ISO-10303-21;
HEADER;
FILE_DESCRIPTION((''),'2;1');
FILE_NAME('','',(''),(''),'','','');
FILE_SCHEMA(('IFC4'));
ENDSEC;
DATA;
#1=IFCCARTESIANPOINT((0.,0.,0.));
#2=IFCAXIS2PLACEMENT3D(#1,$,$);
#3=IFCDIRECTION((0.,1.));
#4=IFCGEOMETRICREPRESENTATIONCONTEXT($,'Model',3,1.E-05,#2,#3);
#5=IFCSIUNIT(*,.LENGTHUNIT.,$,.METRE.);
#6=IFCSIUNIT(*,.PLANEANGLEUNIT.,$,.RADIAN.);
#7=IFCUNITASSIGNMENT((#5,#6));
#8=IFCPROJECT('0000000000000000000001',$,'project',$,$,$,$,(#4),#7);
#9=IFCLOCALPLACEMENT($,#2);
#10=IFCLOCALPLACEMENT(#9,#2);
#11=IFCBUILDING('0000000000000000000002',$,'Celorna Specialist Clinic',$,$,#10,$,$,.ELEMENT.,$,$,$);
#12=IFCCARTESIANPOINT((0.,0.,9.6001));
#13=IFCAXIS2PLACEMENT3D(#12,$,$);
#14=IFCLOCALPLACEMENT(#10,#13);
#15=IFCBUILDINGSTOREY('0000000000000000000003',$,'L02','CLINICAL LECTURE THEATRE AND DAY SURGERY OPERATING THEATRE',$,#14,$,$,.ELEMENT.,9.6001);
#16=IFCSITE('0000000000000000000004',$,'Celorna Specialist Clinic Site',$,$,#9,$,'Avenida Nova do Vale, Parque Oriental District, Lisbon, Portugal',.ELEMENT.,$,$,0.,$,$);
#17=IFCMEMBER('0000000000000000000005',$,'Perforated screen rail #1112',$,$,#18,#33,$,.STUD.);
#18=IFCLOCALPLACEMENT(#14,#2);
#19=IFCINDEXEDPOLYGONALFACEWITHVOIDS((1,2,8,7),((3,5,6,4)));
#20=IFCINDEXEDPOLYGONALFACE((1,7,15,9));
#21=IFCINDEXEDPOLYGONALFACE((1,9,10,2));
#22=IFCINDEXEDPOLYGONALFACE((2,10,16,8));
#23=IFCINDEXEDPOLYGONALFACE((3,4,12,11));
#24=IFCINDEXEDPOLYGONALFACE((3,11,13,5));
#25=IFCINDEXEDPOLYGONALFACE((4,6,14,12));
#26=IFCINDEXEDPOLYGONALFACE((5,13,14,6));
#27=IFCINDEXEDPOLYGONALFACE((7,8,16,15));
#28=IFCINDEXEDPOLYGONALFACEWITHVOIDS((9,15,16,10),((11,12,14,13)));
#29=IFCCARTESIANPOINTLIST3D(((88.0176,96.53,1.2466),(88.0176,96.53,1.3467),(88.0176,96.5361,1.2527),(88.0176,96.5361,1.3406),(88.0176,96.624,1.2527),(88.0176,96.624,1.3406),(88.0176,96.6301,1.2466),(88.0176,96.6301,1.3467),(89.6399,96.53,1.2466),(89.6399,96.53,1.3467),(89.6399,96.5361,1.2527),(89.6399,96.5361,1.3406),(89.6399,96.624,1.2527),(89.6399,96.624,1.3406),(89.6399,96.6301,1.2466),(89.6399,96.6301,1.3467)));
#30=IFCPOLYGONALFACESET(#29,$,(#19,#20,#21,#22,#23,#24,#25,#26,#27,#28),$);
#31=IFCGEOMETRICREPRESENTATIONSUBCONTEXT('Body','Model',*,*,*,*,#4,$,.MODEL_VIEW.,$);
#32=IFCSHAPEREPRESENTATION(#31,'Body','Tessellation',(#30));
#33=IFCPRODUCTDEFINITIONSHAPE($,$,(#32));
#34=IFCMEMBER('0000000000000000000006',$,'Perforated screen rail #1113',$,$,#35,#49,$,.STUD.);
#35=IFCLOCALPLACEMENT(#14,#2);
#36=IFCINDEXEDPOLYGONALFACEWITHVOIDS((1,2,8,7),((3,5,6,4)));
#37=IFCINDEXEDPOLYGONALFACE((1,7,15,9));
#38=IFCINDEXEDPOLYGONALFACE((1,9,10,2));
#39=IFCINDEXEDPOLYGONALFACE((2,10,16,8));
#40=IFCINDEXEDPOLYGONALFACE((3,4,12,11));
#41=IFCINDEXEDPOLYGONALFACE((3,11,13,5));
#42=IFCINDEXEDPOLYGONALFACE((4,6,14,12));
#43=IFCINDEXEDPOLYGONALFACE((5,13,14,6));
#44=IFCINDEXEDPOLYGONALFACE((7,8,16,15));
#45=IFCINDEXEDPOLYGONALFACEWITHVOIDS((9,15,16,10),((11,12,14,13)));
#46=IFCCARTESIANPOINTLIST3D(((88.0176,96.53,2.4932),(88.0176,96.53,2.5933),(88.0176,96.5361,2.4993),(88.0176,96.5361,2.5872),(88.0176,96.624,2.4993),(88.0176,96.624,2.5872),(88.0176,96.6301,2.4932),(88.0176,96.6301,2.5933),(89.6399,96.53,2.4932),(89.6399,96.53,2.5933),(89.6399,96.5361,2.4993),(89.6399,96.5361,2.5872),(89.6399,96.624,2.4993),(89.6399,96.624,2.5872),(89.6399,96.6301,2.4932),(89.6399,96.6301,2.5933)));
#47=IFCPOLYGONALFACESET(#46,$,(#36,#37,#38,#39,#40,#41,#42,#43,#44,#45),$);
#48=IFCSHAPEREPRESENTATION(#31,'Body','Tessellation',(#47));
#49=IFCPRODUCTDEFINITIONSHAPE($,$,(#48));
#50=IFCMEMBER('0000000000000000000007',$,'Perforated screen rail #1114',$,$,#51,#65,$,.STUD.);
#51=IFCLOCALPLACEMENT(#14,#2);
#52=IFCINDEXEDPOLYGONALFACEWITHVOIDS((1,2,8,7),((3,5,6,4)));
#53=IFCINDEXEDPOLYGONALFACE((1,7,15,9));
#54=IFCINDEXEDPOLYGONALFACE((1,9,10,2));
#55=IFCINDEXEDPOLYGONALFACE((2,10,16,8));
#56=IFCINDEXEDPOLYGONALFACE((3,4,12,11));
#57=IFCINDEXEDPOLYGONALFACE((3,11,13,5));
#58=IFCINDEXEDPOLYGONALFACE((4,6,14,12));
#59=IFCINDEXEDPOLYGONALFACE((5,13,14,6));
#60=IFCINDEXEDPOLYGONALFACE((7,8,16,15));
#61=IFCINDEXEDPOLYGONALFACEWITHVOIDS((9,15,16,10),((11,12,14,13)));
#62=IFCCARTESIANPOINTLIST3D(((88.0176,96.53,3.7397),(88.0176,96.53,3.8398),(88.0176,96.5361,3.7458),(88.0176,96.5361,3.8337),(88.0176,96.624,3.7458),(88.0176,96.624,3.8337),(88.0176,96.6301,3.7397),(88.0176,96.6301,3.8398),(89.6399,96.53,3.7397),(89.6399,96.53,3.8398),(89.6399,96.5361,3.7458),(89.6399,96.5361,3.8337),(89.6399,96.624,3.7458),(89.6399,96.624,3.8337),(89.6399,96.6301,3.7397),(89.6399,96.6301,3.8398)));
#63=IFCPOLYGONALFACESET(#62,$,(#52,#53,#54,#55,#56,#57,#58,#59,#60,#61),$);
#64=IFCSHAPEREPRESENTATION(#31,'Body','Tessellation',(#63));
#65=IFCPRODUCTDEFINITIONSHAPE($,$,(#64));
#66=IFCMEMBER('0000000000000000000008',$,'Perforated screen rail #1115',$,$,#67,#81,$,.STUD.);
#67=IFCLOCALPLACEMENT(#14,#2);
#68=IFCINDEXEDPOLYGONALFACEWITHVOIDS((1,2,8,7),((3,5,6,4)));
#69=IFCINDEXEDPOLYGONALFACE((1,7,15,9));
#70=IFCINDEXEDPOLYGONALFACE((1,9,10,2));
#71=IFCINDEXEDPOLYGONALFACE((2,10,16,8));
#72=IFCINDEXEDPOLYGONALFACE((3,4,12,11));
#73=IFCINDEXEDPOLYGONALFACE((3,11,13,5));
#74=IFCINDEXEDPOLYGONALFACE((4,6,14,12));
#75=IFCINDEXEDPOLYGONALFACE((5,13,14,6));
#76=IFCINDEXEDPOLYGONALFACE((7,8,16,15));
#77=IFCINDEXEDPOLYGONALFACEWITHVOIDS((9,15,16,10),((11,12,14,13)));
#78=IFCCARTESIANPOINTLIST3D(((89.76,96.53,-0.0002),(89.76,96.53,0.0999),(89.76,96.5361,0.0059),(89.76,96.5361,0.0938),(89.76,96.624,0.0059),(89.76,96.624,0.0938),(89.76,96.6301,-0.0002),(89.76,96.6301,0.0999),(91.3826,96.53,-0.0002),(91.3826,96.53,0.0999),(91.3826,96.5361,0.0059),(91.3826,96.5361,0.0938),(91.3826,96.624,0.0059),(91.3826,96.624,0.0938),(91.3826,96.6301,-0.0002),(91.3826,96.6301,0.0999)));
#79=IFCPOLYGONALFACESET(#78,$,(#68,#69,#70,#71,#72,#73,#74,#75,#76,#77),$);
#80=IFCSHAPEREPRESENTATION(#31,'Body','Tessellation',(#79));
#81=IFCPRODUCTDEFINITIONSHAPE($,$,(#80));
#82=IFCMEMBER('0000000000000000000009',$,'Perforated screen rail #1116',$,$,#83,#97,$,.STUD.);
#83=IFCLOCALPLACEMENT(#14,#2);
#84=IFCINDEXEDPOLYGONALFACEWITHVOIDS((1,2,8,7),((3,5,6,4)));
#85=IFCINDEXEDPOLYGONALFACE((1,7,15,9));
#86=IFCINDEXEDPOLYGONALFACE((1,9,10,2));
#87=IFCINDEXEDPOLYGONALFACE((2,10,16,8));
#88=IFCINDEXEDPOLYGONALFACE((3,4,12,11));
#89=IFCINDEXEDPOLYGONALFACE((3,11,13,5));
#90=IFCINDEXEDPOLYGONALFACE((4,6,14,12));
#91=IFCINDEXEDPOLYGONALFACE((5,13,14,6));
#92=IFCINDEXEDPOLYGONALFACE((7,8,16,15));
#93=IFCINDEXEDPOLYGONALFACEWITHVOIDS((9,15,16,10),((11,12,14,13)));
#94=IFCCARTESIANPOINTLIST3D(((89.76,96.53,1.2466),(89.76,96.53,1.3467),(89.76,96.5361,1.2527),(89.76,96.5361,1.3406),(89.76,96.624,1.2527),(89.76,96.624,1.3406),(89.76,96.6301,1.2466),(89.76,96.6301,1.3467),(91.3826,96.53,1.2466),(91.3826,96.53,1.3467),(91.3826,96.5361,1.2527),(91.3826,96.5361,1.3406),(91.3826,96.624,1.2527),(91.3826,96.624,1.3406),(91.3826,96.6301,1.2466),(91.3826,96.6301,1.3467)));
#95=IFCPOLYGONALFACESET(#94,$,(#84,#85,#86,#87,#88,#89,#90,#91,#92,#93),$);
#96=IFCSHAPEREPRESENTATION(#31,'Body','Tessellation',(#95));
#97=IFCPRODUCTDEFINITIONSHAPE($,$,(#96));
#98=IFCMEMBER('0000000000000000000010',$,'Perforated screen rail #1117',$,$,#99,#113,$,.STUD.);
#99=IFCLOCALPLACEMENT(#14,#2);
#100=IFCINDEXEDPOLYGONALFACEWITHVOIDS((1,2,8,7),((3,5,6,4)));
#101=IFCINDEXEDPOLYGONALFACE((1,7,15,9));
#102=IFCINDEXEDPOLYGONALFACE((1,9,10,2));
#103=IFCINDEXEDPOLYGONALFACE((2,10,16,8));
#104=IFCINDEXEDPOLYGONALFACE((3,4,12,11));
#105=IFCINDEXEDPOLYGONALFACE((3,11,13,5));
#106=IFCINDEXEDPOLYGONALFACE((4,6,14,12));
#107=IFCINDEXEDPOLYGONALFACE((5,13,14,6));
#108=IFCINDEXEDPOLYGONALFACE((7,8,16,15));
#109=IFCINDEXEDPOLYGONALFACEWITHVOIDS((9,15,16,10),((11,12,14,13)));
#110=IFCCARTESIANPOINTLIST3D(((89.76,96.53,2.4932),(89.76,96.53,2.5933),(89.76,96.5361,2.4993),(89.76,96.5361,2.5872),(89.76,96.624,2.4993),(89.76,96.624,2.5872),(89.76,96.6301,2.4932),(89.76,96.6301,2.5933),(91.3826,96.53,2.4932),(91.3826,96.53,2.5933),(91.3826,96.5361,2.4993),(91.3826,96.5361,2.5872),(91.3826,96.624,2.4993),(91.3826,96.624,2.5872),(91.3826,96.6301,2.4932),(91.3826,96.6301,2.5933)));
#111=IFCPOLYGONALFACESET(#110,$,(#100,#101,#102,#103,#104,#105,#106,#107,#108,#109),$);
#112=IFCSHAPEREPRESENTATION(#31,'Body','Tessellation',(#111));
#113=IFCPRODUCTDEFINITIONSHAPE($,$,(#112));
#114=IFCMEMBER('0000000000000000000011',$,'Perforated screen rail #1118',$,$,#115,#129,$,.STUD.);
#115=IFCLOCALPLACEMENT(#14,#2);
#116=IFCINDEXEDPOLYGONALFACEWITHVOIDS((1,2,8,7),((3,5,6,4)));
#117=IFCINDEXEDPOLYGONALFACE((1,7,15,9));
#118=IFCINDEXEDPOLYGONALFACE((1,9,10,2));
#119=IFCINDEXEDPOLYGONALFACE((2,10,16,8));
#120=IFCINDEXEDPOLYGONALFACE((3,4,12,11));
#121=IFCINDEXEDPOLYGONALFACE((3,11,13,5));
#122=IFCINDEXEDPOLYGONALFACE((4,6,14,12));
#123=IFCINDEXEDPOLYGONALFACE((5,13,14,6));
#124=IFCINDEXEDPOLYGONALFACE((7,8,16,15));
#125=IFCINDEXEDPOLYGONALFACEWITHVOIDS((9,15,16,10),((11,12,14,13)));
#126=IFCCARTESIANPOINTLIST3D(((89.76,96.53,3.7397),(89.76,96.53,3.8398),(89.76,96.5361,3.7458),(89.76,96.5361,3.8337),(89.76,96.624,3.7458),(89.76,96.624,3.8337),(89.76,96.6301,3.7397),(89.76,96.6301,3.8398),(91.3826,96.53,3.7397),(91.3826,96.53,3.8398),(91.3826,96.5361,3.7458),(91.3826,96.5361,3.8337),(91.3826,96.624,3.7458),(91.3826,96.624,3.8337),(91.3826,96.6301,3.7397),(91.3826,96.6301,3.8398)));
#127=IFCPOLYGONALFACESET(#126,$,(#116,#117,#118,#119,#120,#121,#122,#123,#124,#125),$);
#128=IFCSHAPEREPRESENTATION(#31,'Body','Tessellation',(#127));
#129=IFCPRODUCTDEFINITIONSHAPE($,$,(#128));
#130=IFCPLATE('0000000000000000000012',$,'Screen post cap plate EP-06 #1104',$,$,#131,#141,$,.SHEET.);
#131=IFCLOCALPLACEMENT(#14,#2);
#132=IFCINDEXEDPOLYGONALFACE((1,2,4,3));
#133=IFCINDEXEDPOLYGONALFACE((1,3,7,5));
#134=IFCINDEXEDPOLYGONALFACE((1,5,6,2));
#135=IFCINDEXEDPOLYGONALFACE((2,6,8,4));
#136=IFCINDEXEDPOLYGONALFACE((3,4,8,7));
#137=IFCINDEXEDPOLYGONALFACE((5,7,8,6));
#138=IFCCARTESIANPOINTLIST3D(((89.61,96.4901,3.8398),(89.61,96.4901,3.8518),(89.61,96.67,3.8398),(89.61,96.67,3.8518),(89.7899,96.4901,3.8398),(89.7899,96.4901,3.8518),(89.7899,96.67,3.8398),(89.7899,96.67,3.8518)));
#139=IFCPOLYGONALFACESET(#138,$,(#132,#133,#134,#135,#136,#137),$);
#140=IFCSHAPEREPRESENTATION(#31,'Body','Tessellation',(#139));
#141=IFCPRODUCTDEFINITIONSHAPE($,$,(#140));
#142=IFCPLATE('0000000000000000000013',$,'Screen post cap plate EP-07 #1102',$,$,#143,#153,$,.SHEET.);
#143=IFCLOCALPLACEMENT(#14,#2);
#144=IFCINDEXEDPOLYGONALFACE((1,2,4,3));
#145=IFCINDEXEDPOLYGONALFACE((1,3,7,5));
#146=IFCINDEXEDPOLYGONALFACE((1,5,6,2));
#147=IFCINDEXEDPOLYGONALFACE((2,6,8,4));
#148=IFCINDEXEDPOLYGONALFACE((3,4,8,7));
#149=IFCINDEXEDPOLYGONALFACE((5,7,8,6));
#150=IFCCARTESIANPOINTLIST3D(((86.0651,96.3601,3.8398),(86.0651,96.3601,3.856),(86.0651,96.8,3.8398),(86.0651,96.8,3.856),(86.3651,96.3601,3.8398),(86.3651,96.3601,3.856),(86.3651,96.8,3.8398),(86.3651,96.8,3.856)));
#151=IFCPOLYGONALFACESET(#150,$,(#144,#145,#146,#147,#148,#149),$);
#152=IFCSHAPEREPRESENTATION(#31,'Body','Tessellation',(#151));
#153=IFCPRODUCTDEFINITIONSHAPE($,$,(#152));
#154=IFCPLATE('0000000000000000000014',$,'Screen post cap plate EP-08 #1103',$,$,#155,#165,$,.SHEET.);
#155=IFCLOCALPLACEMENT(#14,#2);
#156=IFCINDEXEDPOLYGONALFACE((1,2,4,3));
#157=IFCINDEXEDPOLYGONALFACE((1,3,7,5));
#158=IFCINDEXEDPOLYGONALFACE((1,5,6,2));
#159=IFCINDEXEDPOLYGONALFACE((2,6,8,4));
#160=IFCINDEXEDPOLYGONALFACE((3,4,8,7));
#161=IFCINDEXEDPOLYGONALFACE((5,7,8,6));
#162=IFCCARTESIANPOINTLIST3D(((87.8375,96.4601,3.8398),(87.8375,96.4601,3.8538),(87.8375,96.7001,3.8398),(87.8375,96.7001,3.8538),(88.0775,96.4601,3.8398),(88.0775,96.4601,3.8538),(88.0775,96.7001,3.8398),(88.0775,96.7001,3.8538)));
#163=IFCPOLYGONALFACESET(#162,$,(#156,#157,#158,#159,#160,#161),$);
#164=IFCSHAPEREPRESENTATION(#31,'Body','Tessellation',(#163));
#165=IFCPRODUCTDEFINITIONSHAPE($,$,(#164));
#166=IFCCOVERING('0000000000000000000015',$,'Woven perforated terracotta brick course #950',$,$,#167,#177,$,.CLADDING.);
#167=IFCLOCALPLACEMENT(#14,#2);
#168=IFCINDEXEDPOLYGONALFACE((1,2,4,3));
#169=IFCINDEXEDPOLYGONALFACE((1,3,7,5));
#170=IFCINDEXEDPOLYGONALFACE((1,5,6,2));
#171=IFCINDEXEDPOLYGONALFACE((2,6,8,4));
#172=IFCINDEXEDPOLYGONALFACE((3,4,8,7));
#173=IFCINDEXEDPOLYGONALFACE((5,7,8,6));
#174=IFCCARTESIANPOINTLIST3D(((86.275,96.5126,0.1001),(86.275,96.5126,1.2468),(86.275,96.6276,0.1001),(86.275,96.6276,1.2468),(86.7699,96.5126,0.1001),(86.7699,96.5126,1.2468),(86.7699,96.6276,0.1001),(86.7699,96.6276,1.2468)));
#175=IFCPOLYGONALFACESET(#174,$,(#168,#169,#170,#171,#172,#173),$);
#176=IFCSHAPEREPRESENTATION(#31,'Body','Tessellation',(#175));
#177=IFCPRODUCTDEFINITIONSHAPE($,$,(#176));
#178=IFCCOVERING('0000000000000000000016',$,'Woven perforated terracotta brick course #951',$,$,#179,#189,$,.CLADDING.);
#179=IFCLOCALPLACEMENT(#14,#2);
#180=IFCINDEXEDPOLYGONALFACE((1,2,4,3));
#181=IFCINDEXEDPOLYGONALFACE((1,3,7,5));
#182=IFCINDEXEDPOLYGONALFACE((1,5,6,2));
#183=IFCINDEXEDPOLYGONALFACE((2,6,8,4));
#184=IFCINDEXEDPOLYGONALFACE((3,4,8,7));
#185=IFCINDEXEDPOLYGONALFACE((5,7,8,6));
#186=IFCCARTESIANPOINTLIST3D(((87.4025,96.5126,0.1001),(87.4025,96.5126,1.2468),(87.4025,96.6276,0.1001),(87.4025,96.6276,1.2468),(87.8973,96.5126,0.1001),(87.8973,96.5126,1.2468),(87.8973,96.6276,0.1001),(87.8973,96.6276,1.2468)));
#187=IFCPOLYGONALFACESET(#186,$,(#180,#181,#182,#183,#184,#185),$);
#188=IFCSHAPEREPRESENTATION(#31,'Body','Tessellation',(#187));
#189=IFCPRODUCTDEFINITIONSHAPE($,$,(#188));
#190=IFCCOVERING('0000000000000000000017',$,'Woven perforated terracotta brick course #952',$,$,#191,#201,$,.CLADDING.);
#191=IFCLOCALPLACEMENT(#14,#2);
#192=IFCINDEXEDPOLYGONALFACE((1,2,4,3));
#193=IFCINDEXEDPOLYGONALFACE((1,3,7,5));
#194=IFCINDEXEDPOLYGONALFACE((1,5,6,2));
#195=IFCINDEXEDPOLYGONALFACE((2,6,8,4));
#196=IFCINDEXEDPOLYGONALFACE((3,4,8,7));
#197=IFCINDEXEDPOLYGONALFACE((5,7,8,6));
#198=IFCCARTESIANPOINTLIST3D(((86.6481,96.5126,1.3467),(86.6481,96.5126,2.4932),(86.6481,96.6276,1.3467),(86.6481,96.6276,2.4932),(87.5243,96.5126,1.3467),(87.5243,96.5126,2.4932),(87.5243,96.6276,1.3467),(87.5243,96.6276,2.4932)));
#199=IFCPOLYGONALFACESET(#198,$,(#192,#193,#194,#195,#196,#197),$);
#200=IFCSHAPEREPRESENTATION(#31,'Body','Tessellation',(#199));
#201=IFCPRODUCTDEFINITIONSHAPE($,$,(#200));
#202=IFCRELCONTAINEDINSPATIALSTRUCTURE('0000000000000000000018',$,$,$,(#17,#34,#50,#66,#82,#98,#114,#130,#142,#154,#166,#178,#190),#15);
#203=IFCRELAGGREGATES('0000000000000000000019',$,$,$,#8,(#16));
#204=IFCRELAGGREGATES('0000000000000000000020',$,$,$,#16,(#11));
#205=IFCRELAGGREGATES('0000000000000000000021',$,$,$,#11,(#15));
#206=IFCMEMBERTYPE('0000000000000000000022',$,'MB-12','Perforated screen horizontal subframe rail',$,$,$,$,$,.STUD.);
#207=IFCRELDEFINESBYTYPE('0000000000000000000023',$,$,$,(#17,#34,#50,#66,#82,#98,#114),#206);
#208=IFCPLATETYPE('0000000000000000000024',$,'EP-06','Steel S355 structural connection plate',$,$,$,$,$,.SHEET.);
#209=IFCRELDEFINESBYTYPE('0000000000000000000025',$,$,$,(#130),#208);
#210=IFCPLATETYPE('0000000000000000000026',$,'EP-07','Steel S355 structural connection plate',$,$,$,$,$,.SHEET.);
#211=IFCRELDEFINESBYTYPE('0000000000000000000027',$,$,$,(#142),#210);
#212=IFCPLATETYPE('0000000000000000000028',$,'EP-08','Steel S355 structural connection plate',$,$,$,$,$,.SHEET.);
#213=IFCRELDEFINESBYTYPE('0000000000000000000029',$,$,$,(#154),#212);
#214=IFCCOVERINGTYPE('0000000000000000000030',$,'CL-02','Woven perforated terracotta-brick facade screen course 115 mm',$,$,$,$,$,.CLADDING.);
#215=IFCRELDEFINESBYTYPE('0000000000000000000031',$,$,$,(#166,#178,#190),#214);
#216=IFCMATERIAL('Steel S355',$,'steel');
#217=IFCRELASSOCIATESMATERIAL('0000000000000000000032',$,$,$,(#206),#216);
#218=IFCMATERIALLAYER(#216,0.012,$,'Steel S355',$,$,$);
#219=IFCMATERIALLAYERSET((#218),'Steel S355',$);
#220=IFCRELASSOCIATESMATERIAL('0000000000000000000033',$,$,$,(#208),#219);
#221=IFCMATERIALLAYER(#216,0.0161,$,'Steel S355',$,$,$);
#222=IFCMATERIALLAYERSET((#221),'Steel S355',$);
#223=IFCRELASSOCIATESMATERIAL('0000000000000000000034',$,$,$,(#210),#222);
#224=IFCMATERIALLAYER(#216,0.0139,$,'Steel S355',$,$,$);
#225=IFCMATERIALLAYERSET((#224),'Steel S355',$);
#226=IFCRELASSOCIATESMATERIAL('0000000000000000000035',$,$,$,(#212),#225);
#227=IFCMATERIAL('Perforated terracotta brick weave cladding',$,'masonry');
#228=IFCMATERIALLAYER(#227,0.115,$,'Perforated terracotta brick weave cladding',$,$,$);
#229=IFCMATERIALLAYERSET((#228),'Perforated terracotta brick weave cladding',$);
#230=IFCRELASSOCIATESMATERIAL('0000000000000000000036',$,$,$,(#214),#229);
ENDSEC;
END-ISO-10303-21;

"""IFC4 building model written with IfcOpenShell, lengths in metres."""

from ifc_helpers import new_model, si_unit, direction, frame, origin, origin_2d, place, context, subcontext, project, spatial, rectangle, hollow_rectangle, extrude, material, layer, layer_set, material_profile, profile_set, type_object, element, save


model = new_model("IFC4")

# Units and contexts
model_context = context("Model", 3, precision=1e-05, world=origin(), true_north=direction((0.0, 1.0)))
body_context = subcontext(model_context, "Body", "Model", "MODEL_VIEW")
ifc_project = project(units=[si_unit("LENGTHUNIT", "METRE"), si_unit("PLANEANGLEUNIT", "RADIAN")], contexts=[model_context])

# Site, building, storey
site_placement = place(None, origin())
site = spatial("IfcSite", under=ifc_project, at=site_placement, Name="Celorna Specialist Clinic Site", LongName="Avenida Nova do Vale, Parque Oriental District, Lisbon, Portugal", CompositionType="ELEMENT", RefElevation=0.0)
building_placement = place(site_placement, origin())
building = spatial("IfcBuilding", under=site, at=building_placement, Name="Celorna Specialist Clinic", CompositionType="ELEMENT")
storey_placement = place(building_placement, frame((0.0, 0.0, 9.6001)))
storey = spatial("IfcBuildingStorey", under=building, at=storey_placement, Name="L02", Description="CLINICAL LECTURE THEATRE AND DAY SURGERY OPERATING THEATRE", CompositionType="ELEMENT", Elevation=9.6001)

# Shared definitions
ifc_material_1 = material(Name="Steel S355", Category="steel")

# Members
ifc_material_profile_1 = material_profile(ifc_material_1, hollow_rectangle(XDim=0.1001, YDim=0.1001, WallThickness=0.0061, at=origin_2d()), Name="SHS 100x100x6")
ifc_profile_set_1 = profile_set([ifc_material_profile_1], Name="Steel S355")
member_type_1 = type_object("IfcMemberType", Name="MB-12", Description="Perforated screen horizontal subframe rail", PredefinedType="STUD", material=ifc_profile_set_1)
for number, where, z_axis, x_axis, name in (
    (1, (88.0176, 96.5801, 1.2966), (1.0, 0.0, 0.0), (0.0, 1.0, 0.0), "Perforated screen rail #1112"),
    (2, (88.0176, 96.5801, 2.5432), (1.0, 0.0, 0.0), (0.0, 1.0, 0.0), "Perforated screen rail #1113"),
    (3, (88.0176, 96.5801, 3.7898), (1.0, 0.0, 0.0), (0.0, 1.0, 0.0), "Perforated screen rail #1114"),
):
    element("IfcMember", number, at=place(storey_placement, frame(where, z_axis=z_axis, x_axis=x_axis)), inside=storey, type_object=member_type_1, Name=name, PredefinedType="STUD", context=body_context, shape_type="SweptSolid", body=[
        extrude(hollow_rectangle(XDim=0.1001, YDim=0.1001, WallThickness=0.0061, at=origin_2d()), origin(), (0.0, 0.0, 1.0), 1.6223),
    ])
for number, where, z_axis, x_axis, name in (
    (4, (89.76, 96.5801, 0.0498), (1.0, 0.0, 0.0), (0.0, 1.0, 0.0), "Perforated screen rail #1115"),
    (5, (89.76, 96.5801, 1.2966), (1.0, 0.0, 0.0), (0.0, 1.0, 0.0), "Perforated screen rail #1116"),
    (6, (89.76, 96.5801, 2.5432), (1.0, 0.0, 0.0), (0.0, 1.0, 0.0), "Perforated screen rail #1117"),
    (7, (89.76, 96.5801, 3.7898), (1.0, 0.0, 0.0), (0.0, 1.0, 0.0), "Perforated screen rail #1118"),
):
    element("IfcMember", number, at=place(storey_placement, frame(where, z_axis=z_axis, x_axis=x_axis)), inside=storey, type_object=member_type_1, Name=name, PredefinedType="STUD", context=body_context, shape_type="SweptSolid", body=[
        extrude(hollow_rectangle(XDim=0.1001, YDim=0.1001, WallThickness=0.0061, at=origin_2d()), origin(), (0.0, 0.0, 1.0), 1.6226),
    ])

# Plates
ifc_layer_1 = layer(ifc_material_1, 0.012, Name="Steel S355")
ifc_layer_set_1 = layer_set([ifc_layer_1], Name="Steel S355")
plate_type_1 = type_object("IfcPlateType", Name="EP-06", Description="Steel S355 structural connection plate", PredefinedType="SHEET", material=ifc_layer_set_1)
plate_1_placement = place(storey_placement, frame((89.7, 96.5801, 3.8398), z_axis=(0.0, 0.0, 1.0), x_axis=(1.0, 0.0, 0.0)))
element("IfcPlate", 8, at=plate_1_placement, inside=storey, type_object=plate_type_1, Name="Screen post cap plate EP-06 #1104", PredefinedType="SHEET", context=body_context, shape_type="SweptSolid", body=[
    extrude(rectangle(XDim=0.1799, YDim=0.1799, at=origin_2d()), origin(), (0.0, 0.0, 1.0), 0.012),
])
ifc_layer_2 = layer(ifc_material_1, 0.0161, Name="Steel S355")
ifc_layer_set_2 = layer_set([ifc_layer_2], Name="Steel S355")
plate_type_2 = type_object("IfcPlateType", Name="EP-07", Description="Steel S355 structural connection plate", PredefinedType="SHEET", material=ifc_layer_set_2)
plate_2_placement = place(storey_placement, frame((86.2151, 96.5801, 3.8398), z_axis=(0.0, 0.0, 1.0), x_axis=(1.0, 0.0, 0.0)))
element("IfcPlate", 9, at=plate_2_placement, inside=storey, type_object=plate_type_2, Name="Screen post cap plate EP-07 #1102", PredefinedType="SHEET", context=body_context, shape_type="SweptSolid", body=[
    extrude(rectangle(XDim=0.3, YDim=0.4399, at=origin_2d()), origin(), (0.0, 0.0, 1.0), 0.0161),
])
ifc_layer_3 = layer(ifc_material_1, 0.0139, Name="Steel S355")
ifc_layer_set_3 = layer_set([ifc_layer_3], Name="Steel S355")
plate_type_3 = type_object("IfcPlateType", Name="EP-08", Description="Steel S355 structural connection plate", PredefinedType="SHEET", material=ifc_layer_set_3)
plate_3_placement = place(storey_placement, frame((87.9575, 96.5801, 3.8398), z_axis=(0.0, 0.0, 1.0), x_axis=(1.0, 0.0, 0.0)))
element("IfcPlate", 10, at=plate_3_placement, inside=storey, type_object=plate_type_3, Name="Screen post cap plate EP-08 #1103", PredefinedType="SHEET", context=body_context, shape_type="SweptSolid", body=[
    extrude(rectangle(XDim=0.24, YDim=0.24, at=origin_2d()), origin(), (0.0, 0.0, 1.0), 0.0139),
])

# Coverings
ifc_material_2 = material(Name="Perforated terracotta brick weave cladding", Category="masonry")
ifc_layer_4 = layer(ifc_material_2, 0.115, Name="Perforated terracotta brick weave cladding")
ifc_layer_set_4 = layer_set([ifc_layer_4], Name="Perforated terracotta brick weave cladding")
covering_type = type_object("IfcCoveringType", Name="CL-02", Description="Woven perforated terracotta-brick facade screen course 115 mm", PredefinedType="CLADDING", material=ifc_layer_set_4)
for number, where, z_axis, x_axis, name in (
    (11, (86.5225, 96.5701, 0.1001), (0.0, 0.0, 1.0), (1.0, 0.0, 0.0), "Woven perforated terracotta brick course #950"),
    (12, (87.6499, 96.5701, 0.1001), (0.0, 0.0, 1.0), (1.0, 0.0, 0.0), "Woven perforated terracotta brick course #951"),
):
    element("IfcCovering", number, at=place(storey_placement, frame(where, z_axis=z_axis, x_axis=x_axis)), inside=storey, type_object=covering_type, Name=name, PredefinedType="CLADDING", context=body_context, shape_type="SweptSolid", body=[
        extrude(rectangle(XDim=0.4949, YDim=0.115, at=origin_2d()), origin(), (0.0, 0.0, 1.0), 1.1467),
    ])
covering_1_placement = place(storey_placement, frame((87.0862, 96.5701, 1.3467), z_axis=(0.0, 0.0, 1.0), x_axis=(1.0, 0.0, 0.0)))
element("IfcCovering", 13, at=covering_1_placement, inside=storey, type_object=covering_type, Name="Woven perforated terracotta brick course #952", PredefinedType="CLADDING", context=body_context, shape_type="SweptSolid", body=[
    extrude(rectangle(XDim=0.8762, YDim=0.115, at=origin_2d()), origin(), (0.0, 0.0, 1.0), 1.1465),
])

save(model, "model.ifc")
